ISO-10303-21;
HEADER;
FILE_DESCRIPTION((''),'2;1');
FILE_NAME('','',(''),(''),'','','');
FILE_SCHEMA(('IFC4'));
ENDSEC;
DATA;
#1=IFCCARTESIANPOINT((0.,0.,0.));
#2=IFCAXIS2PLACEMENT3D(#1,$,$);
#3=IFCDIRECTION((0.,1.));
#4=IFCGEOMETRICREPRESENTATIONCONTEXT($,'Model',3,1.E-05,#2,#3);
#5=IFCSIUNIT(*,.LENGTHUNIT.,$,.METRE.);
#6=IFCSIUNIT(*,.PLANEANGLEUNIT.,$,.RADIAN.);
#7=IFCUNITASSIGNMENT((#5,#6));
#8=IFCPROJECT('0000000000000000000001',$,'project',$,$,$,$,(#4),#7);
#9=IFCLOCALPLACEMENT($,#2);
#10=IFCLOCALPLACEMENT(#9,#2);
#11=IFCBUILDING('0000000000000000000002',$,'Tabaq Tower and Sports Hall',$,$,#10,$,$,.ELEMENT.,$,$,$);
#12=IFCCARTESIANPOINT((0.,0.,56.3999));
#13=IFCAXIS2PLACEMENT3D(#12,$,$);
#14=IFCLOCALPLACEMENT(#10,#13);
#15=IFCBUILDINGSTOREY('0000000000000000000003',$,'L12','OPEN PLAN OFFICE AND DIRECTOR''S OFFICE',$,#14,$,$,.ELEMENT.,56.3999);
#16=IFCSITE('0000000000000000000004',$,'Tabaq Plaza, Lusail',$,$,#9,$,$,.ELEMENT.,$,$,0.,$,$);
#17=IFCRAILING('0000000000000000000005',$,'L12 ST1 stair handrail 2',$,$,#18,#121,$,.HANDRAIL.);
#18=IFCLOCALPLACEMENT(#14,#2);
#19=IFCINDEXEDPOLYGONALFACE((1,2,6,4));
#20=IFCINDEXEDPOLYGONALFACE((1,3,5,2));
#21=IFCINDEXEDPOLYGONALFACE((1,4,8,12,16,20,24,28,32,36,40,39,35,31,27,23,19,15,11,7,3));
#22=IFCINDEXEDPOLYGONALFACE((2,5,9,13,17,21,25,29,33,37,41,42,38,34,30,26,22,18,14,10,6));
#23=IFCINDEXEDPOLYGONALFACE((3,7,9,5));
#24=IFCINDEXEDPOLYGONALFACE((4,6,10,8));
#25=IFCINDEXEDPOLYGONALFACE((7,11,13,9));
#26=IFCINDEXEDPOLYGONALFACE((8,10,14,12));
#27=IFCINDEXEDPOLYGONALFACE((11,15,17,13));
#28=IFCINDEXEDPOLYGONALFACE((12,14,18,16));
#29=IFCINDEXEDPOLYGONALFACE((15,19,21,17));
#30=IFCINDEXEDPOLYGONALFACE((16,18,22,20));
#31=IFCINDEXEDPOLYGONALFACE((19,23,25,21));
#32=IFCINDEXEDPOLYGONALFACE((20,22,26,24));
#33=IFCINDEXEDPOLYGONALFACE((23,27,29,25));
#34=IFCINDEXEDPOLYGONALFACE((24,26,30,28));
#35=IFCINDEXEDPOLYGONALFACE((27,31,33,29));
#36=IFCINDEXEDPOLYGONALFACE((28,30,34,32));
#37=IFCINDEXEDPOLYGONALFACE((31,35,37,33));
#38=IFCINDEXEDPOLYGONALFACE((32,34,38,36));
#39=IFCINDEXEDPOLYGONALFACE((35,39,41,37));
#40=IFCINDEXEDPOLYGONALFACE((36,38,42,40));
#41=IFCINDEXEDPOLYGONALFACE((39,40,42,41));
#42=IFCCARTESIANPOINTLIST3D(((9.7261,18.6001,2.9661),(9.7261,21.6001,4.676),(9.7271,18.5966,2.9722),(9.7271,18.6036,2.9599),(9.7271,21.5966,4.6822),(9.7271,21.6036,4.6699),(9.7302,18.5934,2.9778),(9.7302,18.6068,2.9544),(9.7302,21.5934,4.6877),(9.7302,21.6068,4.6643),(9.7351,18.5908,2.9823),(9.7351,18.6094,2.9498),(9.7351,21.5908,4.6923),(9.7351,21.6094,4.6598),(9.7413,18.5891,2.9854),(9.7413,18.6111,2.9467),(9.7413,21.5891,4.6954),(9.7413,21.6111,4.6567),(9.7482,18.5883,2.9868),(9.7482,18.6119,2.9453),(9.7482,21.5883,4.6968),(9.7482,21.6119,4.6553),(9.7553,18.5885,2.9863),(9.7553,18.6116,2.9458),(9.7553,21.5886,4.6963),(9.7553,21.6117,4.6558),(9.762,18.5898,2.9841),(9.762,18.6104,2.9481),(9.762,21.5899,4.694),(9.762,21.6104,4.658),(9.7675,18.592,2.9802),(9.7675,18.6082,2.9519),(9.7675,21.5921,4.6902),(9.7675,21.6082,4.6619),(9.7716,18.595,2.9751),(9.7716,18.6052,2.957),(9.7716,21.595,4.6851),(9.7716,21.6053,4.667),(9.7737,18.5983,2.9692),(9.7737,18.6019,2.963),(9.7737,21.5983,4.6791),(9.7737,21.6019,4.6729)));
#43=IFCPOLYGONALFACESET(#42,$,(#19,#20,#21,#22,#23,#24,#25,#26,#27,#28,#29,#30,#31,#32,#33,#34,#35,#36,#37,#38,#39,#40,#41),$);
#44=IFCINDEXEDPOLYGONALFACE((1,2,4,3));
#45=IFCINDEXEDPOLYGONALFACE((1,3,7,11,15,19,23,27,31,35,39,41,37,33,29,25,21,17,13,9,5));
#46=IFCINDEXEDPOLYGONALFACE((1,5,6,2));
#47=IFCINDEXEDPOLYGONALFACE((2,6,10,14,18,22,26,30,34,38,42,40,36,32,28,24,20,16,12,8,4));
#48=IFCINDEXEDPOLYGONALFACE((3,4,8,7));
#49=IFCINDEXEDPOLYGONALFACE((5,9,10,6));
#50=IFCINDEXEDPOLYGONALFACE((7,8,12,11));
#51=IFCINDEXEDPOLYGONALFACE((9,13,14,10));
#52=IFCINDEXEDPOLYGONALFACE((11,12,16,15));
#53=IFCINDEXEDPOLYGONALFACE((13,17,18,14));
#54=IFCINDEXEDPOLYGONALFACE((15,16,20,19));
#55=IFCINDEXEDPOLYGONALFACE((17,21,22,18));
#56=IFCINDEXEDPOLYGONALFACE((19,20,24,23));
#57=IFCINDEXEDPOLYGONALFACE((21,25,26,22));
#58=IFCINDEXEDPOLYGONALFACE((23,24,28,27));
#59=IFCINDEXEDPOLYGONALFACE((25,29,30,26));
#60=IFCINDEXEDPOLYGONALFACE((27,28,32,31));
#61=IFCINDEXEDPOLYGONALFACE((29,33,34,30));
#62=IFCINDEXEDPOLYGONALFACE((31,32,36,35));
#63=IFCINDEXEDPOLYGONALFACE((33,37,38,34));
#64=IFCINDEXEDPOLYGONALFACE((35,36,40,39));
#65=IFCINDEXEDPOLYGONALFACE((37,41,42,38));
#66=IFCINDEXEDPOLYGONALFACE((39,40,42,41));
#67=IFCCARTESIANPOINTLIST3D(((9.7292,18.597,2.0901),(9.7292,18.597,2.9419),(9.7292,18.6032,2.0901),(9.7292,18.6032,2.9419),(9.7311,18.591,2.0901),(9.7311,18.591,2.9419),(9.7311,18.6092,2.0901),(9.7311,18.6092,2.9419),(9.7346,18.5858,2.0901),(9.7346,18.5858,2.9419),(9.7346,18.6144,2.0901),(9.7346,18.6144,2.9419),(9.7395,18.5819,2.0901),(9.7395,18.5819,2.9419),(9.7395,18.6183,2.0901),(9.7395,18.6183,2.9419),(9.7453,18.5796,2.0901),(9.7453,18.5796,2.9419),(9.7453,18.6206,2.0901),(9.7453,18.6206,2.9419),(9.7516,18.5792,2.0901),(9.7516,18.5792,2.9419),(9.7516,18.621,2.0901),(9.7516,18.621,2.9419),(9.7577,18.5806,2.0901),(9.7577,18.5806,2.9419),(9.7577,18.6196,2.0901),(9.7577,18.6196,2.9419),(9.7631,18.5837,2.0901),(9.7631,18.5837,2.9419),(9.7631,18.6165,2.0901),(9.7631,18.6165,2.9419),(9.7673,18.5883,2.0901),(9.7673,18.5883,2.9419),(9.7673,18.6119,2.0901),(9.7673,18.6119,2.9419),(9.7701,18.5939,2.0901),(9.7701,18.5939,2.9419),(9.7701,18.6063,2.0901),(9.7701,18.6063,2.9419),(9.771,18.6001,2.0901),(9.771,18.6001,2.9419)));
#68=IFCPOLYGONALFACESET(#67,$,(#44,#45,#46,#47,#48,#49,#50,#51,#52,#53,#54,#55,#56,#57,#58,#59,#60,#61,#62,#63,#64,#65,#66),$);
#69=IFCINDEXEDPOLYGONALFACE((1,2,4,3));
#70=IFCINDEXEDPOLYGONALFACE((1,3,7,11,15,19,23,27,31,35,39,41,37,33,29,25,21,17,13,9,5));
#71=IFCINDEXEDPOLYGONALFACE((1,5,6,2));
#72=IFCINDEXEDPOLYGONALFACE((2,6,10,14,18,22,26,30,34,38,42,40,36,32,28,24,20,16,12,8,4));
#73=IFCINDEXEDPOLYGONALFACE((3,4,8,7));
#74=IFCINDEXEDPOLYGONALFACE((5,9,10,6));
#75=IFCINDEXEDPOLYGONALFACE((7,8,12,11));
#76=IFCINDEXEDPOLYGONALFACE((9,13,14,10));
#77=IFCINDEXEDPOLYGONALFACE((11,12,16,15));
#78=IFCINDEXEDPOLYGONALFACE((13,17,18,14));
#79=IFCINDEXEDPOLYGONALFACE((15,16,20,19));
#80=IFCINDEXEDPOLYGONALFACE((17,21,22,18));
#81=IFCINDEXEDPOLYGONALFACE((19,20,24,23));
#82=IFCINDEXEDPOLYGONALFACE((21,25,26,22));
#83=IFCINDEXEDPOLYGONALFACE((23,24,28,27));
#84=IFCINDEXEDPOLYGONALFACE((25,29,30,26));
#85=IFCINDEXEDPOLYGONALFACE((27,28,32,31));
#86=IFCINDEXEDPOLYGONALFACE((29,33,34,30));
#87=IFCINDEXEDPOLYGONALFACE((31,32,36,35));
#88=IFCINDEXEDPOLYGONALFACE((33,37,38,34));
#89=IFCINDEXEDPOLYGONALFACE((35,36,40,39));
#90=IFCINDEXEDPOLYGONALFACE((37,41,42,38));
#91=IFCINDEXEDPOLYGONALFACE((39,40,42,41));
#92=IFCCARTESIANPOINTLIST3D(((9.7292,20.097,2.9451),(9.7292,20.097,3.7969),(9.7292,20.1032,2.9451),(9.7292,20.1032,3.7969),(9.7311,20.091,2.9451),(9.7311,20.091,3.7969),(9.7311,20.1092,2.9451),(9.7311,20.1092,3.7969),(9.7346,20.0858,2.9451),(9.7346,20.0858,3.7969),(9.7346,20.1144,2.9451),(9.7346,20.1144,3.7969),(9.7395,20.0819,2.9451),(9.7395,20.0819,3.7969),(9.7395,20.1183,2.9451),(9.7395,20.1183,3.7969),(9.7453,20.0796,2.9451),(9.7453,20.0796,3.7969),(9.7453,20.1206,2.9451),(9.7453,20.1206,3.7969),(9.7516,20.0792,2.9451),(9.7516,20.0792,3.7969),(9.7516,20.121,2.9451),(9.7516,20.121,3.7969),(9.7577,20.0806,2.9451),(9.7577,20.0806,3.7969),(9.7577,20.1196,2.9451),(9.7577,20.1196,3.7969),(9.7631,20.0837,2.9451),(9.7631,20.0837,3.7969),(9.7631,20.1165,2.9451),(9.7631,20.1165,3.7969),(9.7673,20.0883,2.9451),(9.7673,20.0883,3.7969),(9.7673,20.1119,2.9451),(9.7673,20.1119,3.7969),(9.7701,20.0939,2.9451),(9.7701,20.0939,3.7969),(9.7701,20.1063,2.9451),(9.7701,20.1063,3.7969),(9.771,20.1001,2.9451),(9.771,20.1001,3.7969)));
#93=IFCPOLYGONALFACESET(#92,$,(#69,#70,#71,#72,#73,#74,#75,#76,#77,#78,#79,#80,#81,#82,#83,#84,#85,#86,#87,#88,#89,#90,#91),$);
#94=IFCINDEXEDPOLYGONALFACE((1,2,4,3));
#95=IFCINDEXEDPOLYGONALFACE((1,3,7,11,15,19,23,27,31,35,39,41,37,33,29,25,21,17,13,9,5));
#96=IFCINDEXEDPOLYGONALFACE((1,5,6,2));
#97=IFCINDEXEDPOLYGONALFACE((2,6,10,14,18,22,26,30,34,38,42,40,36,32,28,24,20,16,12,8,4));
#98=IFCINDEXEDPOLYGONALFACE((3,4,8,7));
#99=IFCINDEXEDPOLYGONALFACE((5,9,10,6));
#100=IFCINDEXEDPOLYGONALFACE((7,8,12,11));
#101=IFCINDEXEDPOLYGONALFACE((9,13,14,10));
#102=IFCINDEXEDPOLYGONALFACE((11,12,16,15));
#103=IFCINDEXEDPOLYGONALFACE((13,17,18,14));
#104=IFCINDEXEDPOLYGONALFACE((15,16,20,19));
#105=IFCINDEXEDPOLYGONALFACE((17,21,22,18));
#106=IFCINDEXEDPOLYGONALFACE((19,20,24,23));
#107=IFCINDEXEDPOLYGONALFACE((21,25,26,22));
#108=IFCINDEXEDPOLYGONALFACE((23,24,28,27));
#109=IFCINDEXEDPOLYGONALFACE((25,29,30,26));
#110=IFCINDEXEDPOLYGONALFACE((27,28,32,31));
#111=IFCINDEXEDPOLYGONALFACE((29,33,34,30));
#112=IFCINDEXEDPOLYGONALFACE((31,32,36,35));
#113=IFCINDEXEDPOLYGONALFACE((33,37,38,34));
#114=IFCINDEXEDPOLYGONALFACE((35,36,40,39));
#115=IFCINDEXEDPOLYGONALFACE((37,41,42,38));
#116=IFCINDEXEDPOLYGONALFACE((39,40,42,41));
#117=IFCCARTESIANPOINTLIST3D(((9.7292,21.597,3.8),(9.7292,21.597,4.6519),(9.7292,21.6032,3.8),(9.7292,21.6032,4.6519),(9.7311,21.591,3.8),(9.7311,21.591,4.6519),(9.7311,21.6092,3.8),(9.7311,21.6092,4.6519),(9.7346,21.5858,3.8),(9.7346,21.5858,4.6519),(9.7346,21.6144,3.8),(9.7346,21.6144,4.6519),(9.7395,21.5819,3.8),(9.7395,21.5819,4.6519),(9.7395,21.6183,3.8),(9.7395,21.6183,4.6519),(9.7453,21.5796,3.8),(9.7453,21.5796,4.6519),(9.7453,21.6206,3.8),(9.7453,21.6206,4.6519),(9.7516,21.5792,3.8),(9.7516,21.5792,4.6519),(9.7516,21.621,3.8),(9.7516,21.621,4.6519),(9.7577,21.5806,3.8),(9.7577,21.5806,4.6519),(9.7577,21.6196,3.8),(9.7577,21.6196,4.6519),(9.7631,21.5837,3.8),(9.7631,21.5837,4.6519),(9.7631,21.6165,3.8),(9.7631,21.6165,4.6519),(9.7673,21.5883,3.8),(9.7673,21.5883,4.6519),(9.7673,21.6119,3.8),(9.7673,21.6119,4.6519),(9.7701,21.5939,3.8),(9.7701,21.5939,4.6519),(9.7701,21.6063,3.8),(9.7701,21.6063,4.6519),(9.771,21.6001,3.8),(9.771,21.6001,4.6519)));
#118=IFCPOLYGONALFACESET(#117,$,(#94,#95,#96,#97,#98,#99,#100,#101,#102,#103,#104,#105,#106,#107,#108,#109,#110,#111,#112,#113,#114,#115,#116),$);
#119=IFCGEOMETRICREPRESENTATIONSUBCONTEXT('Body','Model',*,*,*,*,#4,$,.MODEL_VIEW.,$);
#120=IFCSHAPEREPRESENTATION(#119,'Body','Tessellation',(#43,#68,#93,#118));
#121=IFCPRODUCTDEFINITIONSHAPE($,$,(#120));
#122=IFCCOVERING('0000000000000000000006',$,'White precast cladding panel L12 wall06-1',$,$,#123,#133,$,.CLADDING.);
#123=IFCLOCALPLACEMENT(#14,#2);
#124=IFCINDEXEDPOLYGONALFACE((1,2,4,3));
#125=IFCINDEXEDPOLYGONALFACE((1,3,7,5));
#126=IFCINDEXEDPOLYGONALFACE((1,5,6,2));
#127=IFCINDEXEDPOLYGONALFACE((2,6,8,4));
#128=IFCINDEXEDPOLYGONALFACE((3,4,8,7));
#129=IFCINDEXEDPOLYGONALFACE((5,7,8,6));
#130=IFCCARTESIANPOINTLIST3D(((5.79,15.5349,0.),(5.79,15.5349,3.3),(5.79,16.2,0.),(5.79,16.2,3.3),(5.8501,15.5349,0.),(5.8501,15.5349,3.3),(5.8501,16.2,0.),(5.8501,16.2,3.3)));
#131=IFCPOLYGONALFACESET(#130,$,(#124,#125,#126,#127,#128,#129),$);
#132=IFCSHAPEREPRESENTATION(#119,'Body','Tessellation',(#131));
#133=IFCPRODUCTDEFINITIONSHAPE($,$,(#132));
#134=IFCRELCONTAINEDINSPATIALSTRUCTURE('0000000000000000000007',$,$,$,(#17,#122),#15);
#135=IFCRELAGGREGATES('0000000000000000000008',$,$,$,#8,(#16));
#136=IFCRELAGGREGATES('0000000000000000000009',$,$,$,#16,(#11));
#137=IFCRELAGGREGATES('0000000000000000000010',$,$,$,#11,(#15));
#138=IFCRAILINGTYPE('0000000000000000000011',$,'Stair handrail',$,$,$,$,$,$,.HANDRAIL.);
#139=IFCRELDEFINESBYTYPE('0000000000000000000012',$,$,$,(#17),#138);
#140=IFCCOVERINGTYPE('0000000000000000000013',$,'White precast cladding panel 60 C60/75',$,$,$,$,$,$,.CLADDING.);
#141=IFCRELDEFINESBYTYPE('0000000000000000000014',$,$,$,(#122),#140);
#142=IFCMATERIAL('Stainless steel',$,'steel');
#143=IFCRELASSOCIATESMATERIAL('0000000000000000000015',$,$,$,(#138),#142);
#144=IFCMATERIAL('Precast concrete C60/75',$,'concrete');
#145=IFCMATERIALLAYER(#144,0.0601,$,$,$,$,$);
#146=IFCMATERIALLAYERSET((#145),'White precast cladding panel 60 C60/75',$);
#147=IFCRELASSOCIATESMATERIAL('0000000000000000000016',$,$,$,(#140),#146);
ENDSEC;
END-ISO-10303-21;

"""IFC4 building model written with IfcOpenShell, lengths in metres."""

from ifc_helpers import new_model, si_unit, direction, frame, frame_2d, origin, origin_2d, place, context, subcontext, project, spatial, rectangle, circle, extrude, material, layer, layer_set, type_object, element, save


model = new_model("IFC4")

# Units and contexts
model_context = context("Model", 3, precision=1e-05, world=origin(), true_north=direction((0.0, 1.0)))
body_context = subcontext(model_context, "Body", "Model", "MODEL_VIEW")
ifc_project = project(units=[si_unit("LENGTHUNIT", "METRE"), si_unit("PLANEANGLEUNIT", "RADIAN")], contexts=[model_context])

# Site, building, storey
site_placement = place(None, origin())
site = spatial("IfcSite", under=ifc_project, at=site_placement, Name="Tabaq Plaza, Lusail", CompositionType="ELEMENT", RefElevation=0.0)
building_placement = place(site_placement, origin())
building = spatial("IfcBuilding", under=site, at=building_placement, Name="Tabaq Tower and Sports Hall", CompositionType="ELEMENT")
storey_placement = place(building_placement, frame((0.0, 0.0, 56.3999)))
storey = spatial("IfcBuildingStorey", under=building, at=storey_placement, Name="L12", Description="OPEN PLAN OFFICE AND DIRECTOR'S OFFICE", CompositionType="ELEMENT", Elevation=56.3999)

# Railing
ifc_material_1 = material(Name="Stainless steel", Category="steel")
railing_type = type_object("IfcRailingType", Name="Stair handrail", PredefinedType="HANDRAIL", material=ifc_material_1)
railing_placement = place(storey_placement, frame((9.75, 18.6001, 2.0901)))
element("IfcRailing", 1, at=railing_placement, inside=storey, type_object=railing_type, Name="L12 ST1 stair handrail 2", PredefinedType="HANDRAIL", context=body_context, shape_type="SweptSolid", body=[
    extrude(circle(Radius=0.0239, at=origin_2d()), frame((0.0, 0.0, 0.876), z_axis=(0.0, 0.868782, 0.495195), x_axis=(-1.0, 0.0, 0.0)), (0.0, 0.0, 1.0), 3.4531),
    extrude(circle(Radius=0.021, at=origin_2d()), origin(), (0.0, 0.0, 1.0), 0.8518),
    extrude(circle(Radius=0.021, at=origin_2d()), frame((0.0, 1.5, 0.855)), (0.0, 0.0, 1.0), 0.8518),
    extrude(circle(Radius=0.021, at=origin_2d()), frame((0.0, 3.0, 1.71)), (0.0, 0.0, 1.0), 0.8518),
])

# Covering
ifc_material_2 = material(Name="Precast concrete C60/75", Category="concrete")
ifc_layer_1 = layer(ifc_material_2, 0.0601)
ifc_layer_set_1 = layer_set([ifc_layer_1], Name="White precast cladding panel 60 C60/75")
covering_type = type_object("IfcCoveringType", Name="White precast cladding panel 60 C60/75", PredefinedType="CLADDING", material=ifc_layer_set_1)
covering_placement = place(storey_placement, frame((5.8201, 16.2, 0.0), z_axis=(0.0, 0.0, 1.0), x_axis=(0.0, -1.0, 0.0)))
element("IfcCovering", 2, at=covering_placement, inside=storey, type_object=covering_type, Name="White precast cladding panel L12 wall06-1", PredefinedType="CLADDING", context=body_context, shape_type="SweptSolid", body=[
    extrude(rectangle(XDim=0.665, YDim=0.0601, at=frame_2d((0.3325, 0.0))), origin(), (0.0, 0.0, 1.0), 3.3),
])

save(model, "model.ifc")
